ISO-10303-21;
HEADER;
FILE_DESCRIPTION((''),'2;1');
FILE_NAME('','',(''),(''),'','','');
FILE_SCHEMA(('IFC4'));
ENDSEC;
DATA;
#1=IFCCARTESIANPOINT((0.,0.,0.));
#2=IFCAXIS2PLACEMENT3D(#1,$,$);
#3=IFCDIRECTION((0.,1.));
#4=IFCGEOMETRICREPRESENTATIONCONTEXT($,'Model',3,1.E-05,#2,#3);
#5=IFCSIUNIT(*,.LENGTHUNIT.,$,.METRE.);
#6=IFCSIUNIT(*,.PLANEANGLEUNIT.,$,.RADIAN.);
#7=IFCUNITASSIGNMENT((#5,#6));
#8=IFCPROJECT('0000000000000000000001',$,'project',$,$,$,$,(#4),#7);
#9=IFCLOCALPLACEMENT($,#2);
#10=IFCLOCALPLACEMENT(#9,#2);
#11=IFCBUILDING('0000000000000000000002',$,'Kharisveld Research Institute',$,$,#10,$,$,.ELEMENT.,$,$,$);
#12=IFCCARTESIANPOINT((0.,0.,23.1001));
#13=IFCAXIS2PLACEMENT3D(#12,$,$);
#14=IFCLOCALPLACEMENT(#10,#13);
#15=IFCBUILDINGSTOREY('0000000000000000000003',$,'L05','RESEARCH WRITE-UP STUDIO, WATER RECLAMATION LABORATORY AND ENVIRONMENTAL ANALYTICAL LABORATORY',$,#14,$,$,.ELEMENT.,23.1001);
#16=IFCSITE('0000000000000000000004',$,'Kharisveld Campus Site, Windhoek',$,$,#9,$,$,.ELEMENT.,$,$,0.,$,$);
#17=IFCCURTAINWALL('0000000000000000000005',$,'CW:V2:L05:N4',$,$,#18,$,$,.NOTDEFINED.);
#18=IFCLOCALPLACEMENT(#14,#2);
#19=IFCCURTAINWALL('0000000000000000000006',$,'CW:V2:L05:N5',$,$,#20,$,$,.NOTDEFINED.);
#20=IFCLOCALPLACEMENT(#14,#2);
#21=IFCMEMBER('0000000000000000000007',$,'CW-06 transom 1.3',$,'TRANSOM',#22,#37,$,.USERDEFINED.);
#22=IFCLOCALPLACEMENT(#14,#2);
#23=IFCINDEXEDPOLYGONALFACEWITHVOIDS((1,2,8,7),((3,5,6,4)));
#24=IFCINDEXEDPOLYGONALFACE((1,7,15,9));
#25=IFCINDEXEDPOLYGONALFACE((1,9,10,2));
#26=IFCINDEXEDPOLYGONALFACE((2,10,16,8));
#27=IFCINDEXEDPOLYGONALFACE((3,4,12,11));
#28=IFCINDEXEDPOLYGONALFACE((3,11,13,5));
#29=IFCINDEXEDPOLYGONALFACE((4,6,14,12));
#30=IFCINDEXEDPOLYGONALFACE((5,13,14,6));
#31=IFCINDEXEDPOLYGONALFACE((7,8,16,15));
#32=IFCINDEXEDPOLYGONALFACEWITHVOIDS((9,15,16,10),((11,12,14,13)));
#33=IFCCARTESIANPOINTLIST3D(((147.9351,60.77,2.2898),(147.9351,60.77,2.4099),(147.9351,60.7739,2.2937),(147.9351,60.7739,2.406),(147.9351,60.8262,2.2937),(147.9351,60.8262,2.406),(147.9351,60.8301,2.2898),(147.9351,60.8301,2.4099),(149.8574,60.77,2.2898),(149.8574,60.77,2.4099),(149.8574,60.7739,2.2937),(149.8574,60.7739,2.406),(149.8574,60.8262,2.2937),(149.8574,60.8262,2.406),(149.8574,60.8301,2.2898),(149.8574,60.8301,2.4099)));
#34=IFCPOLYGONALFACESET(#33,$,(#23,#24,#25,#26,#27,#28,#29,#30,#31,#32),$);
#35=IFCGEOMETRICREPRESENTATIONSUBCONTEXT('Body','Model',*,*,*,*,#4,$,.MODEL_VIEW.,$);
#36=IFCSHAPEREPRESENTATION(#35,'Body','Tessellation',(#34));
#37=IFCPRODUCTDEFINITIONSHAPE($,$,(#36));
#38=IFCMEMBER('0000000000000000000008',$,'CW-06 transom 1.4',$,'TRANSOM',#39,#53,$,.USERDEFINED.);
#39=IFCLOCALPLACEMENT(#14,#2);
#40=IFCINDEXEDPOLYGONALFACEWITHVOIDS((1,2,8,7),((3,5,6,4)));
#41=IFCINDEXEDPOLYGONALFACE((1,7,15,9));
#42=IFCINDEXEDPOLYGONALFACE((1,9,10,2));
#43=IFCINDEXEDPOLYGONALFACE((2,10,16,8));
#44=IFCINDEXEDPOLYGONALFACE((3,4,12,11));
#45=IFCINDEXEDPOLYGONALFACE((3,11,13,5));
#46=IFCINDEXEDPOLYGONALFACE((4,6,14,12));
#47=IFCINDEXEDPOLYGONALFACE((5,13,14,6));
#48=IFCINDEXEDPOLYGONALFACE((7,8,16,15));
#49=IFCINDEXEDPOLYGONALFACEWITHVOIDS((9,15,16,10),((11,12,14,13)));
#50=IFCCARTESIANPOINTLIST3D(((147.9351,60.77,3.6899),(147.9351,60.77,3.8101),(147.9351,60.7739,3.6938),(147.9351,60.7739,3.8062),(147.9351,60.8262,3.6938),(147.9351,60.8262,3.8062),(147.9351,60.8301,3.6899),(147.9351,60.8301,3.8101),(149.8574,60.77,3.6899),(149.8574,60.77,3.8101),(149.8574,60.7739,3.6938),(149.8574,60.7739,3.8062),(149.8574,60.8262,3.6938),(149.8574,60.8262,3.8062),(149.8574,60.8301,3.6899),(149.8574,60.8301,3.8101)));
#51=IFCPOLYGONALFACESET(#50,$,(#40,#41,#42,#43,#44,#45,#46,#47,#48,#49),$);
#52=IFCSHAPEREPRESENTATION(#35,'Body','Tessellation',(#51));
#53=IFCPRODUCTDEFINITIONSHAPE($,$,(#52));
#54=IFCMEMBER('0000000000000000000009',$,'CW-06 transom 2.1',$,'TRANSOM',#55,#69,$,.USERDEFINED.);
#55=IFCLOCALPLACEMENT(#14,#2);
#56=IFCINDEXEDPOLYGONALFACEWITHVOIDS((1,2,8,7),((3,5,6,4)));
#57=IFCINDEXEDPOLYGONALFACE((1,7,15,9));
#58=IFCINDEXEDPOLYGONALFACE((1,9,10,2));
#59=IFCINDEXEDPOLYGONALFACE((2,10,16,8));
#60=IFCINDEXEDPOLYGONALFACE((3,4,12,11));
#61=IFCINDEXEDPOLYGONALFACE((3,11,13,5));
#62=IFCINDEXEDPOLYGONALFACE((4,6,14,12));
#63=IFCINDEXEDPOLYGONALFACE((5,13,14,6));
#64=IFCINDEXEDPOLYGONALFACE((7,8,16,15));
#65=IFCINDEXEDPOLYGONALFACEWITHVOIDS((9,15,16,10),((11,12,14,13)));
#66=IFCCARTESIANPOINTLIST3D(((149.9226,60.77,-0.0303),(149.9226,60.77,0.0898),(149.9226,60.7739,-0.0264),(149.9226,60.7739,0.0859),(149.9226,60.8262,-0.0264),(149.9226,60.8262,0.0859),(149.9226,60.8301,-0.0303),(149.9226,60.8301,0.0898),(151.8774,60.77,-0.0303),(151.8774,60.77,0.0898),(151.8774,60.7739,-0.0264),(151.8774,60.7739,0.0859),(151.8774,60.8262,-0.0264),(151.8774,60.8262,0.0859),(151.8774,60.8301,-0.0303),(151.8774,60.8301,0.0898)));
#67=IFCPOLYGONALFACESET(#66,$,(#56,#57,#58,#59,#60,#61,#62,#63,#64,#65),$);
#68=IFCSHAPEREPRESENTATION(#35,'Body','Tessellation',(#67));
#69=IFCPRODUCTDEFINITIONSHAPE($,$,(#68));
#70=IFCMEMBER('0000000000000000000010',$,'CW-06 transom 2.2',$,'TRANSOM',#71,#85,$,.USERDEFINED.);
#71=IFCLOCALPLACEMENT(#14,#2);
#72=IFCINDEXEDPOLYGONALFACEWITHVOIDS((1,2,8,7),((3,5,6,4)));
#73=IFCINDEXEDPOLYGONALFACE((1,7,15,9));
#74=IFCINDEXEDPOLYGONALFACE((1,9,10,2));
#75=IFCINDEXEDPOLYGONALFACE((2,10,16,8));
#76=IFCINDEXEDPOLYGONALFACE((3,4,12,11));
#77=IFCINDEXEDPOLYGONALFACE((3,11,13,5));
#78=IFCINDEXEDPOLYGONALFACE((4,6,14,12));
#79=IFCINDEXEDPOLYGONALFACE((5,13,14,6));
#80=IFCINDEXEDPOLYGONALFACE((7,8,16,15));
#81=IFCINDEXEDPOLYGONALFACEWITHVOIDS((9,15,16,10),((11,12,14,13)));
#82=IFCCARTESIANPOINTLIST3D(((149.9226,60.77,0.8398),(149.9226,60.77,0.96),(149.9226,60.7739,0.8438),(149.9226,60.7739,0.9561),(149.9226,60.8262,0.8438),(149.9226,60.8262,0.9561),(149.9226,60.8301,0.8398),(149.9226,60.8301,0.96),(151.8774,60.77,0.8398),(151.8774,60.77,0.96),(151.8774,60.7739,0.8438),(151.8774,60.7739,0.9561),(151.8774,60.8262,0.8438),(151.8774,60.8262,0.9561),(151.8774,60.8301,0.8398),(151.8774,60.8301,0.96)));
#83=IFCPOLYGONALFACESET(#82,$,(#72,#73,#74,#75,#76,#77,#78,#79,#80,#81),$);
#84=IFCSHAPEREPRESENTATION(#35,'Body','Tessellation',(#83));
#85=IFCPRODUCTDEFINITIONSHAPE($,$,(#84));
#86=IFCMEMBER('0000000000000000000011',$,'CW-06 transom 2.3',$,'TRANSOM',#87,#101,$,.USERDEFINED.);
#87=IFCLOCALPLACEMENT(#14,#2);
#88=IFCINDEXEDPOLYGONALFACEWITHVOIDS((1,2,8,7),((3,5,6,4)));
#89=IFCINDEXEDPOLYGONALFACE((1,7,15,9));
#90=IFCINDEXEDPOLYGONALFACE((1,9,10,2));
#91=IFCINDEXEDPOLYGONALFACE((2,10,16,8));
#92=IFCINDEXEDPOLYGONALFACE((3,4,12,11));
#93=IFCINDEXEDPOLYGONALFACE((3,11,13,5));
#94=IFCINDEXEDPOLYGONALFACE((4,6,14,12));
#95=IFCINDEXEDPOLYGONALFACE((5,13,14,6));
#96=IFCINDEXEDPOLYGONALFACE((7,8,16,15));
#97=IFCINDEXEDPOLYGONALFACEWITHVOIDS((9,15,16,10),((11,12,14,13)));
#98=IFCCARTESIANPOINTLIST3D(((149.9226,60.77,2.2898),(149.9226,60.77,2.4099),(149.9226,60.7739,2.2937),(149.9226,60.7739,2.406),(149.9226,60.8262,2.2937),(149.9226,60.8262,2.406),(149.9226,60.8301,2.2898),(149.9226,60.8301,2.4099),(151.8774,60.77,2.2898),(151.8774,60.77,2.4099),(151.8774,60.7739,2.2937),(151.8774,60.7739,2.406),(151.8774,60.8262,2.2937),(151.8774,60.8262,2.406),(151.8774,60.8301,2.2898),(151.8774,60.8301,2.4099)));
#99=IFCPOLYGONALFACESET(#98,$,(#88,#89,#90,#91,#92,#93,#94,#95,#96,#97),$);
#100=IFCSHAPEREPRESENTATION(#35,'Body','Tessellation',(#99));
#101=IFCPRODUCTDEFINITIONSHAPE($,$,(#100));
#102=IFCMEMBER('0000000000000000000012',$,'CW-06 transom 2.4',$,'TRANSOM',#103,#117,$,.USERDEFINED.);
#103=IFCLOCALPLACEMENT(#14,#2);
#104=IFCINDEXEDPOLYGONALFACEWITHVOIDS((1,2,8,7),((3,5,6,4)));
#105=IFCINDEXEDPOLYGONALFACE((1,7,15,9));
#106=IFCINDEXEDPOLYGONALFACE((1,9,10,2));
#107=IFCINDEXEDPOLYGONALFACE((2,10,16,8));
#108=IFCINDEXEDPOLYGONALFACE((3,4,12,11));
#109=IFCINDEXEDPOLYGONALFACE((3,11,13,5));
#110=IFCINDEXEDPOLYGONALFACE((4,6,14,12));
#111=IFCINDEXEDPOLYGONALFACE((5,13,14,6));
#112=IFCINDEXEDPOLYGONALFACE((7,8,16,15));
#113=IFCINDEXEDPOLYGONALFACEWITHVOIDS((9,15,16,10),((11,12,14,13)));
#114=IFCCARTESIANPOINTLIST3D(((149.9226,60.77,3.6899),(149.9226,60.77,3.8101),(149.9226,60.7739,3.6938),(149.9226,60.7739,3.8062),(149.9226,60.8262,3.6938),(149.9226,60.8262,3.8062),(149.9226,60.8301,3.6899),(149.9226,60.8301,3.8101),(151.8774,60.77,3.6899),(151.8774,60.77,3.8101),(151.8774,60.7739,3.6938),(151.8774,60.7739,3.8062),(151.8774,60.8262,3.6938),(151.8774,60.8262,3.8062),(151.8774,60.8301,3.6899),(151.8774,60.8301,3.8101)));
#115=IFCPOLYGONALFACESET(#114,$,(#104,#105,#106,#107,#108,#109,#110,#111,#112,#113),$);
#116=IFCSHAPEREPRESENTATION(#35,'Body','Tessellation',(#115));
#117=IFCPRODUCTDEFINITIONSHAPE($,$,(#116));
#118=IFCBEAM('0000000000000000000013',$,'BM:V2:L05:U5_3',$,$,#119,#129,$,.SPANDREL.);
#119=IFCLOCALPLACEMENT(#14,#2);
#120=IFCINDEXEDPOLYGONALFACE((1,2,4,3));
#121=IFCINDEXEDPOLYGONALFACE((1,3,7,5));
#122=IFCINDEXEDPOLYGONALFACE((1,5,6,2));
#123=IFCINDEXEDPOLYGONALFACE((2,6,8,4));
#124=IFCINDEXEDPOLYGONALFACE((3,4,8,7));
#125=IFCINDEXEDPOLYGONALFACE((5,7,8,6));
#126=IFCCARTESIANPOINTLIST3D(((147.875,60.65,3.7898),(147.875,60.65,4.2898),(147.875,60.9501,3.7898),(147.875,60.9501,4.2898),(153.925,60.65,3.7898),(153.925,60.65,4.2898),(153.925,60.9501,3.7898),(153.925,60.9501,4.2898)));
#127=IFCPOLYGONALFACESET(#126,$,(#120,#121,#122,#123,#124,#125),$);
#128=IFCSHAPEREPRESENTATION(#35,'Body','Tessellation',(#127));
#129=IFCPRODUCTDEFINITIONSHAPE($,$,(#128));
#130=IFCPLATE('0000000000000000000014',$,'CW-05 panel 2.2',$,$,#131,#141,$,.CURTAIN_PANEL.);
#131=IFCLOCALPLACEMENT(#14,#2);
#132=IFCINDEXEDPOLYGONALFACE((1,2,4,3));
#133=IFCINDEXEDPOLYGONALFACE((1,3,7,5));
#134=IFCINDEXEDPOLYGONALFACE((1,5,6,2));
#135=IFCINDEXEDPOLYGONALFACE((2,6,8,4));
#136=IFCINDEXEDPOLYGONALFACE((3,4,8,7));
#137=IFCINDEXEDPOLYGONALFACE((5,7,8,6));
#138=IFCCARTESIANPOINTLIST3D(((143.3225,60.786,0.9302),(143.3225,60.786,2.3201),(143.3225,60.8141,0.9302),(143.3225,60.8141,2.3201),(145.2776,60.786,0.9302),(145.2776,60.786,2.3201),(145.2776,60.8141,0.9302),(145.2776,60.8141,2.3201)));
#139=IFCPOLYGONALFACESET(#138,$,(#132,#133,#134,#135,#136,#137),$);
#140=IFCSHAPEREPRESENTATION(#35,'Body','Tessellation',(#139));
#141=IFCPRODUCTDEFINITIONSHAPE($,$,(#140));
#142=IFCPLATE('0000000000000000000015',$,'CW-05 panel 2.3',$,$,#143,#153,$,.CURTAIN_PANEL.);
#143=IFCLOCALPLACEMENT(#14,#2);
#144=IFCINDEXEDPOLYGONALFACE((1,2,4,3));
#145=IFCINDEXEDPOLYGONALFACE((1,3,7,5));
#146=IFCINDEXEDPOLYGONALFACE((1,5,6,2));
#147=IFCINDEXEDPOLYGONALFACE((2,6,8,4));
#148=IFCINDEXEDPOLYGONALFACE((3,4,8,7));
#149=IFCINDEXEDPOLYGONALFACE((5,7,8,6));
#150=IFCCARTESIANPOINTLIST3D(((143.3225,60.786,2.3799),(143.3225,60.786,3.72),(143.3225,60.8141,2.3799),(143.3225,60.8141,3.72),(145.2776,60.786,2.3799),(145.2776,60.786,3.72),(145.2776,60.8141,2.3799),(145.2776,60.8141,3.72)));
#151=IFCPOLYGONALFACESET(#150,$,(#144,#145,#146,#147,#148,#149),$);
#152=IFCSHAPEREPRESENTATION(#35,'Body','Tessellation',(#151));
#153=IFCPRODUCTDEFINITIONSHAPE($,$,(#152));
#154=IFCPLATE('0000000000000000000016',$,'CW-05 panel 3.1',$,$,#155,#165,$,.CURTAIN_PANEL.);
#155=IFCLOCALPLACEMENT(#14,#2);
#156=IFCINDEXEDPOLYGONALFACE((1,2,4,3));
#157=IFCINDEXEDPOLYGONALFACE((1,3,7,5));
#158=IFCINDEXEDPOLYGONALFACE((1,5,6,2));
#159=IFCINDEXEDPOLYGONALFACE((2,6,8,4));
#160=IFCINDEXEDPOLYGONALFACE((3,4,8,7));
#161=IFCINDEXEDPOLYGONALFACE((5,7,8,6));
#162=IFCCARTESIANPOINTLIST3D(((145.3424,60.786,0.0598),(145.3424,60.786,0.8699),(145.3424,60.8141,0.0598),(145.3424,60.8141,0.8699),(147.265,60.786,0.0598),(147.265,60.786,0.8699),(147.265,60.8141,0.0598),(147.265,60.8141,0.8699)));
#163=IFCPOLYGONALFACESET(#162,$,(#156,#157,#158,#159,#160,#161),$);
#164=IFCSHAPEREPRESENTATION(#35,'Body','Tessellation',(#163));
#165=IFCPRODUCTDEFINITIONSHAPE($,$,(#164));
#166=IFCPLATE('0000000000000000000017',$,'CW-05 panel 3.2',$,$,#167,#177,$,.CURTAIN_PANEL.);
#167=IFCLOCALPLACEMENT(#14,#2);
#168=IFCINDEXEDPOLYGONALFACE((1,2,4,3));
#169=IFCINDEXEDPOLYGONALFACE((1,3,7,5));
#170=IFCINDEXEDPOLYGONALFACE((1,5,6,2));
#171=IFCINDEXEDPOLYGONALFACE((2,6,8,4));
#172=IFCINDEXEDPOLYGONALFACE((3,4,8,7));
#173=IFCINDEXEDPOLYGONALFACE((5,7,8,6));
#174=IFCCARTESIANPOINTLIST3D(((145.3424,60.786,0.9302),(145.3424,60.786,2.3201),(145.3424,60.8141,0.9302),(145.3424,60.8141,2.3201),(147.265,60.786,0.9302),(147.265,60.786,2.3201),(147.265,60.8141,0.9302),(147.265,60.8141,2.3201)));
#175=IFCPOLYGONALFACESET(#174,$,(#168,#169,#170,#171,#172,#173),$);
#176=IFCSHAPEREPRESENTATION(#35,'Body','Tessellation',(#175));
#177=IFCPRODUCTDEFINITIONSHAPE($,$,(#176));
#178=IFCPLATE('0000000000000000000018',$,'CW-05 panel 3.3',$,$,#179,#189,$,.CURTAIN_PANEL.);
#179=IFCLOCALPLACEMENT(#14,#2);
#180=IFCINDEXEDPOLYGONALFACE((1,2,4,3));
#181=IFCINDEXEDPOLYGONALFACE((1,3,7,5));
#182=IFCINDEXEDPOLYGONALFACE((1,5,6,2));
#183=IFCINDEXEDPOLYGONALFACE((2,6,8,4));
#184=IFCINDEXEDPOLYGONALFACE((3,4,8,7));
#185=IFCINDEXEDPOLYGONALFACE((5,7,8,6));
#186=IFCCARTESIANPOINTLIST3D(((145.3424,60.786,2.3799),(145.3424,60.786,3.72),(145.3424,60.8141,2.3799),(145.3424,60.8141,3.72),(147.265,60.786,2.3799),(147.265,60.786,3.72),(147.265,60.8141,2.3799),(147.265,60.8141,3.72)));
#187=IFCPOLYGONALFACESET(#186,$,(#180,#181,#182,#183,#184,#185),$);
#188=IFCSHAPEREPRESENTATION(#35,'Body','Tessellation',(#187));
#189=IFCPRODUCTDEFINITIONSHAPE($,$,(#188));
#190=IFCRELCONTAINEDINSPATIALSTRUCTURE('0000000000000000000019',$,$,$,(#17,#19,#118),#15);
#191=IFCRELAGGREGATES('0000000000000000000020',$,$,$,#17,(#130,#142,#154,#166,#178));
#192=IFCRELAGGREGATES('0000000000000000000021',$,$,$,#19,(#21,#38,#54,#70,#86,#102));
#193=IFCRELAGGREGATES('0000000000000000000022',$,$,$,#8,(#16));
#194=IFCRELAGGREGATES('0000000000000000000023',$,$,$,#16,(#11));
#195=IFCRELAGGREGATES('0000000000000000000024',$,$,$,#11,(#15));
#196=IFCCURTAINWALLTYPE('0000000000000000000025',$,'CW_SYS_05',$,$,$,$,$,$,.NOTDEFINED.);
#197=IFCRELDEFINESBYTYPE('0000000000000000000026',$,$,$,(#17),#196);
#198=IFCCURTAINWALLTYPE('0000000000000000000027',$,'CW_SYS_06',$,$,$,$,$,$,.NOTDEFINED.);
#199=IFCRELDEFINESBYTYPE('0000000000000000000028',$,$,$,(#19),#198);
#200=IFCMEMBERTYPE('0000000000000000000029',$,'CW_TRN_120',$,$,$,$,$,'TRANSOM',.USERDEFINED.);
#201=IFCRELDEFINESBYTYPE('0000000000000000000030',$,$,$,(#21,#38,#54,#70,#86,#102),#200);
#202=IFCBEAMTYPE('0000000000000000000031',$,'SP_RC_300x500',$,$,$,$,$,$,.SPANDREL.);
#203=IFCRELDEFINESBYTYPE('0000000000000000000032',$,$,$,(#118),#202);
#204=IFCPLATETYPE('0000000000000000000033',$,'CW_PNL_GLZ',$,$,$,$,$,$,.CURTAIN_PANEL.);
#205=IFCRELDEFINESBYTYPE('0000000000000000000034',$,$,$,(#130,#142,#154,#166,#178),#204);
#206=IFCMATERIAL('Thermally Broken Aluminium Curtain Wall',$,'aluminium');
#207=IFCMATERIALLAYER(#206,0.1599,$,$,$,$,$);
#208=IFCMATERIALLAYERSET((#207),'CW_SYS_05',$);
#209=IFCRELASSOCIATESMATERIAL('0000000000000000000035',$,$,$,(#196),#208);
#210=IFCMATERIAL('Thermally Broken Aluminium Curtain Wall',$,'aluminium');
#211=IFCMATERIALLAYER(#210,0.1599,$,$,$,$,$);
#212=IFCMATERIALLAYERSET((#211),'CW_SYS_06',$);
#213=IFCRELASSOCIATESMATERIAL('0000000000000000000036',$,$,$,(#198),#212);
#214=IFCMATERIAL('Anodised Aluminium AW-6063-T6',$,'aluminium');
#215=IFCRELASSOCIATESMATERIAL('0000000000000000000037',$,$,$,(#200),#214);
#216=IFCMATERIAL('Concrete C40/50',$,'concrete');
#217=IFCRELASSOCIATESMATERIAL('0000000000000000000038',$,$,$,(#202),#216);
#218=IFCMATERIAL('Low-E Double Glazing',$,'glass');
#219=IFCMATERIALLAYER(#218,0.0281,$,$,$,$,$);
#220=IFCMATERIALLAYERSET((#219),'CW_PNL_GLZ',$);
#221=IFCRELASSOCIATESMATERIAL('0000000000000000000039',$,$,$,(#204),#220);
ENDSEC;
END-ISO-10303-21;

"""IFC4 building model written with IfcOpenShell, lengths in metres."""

from ifc_helpers import new_model, si_unit, direction, frame, origin, origin_2d, place, context, subcontext, project, spatial, rectangle, hollow_rectangle, extrude, material, layer, layer_set, material_profile, profile_set, type_object, element, aggregate, save


model = new_model("IFC4")

# Units and contexts
model_context = context("Model", 3, precision=1e-05, world=origin(), true_north=direction((0.0, 1.0)))
body_context = subcontext(model_context, "Body", "Model", "MODEL_VIEW")
ifc_project = project(units=[si_unit("LENGTHUNIT", "METRE"), si_unit("PLANEANGLEUNIT", "RADIAN")], contexts=[model_context])

# Site, building, storey
site_placement = place(None, origin())
site = spatial("IfcSite", under=ifc_project, at=site_placement, Name="Kharisveld Campus Site, Windhoek", CompositionType="ELEMENT", RefElevation=0.0)
building_placement = place(site_placement, origin())
building = spatial("IfcBuilding", under=site, at=building_placement, Name="Kharisveld Research Institute", CompositionType="ELEMENT")
storey_placement = place(building_placement, frame((0.0, 0.0, 23.1001)))
storey = spatial("IfcBuildingStorey", under=building, at=storey_placement, Name="L05", Description="RESEARCH WRITE-UP STUDIO, WATER RECLAMATION LABORATORY AND ENVIRONMENTAL ANALYTICAL LABORATORY", CompositionType="ELEMENT", Elevation=23.1001)

# Curtain walls
ifc_material_1 = material(Name="Thermally Broken Aluminium Curtain Wall", Category="aluminium")
ifc_layer_1 = layer(ifc_material_1, 0.1599)
ifc_layer_set_1 = layer_set([ifc_layer_1], Name="CW_SYS_05")
curtain_wall_type_1 = type_object("IfcCurtainWallType", Name="CW_SYS_05", PredefinedType="NOTDEFINED", material=ifc_layer_set_1)
curtain_wall_1_placement = place(storey_placement, origin())
curtain_wall_1 = element("IfcCurtainWall", 1, at=curtain_wall_1_placement, inside=storey, type_object=curtain_wall_type_1, Name="CW:V2:L05:N4", PredefinedType="NOTDEFINED")
ifc_material_2 = material(Name="Thermally Broken Aluminium Curtain Wall", Category="aluminium")
ifc_layer_2 = layer(ifc_material_2, 0.1599)
ifc_layer_set_2 = layer_set([ifc_layer_2], Name="CW_SYS_06")
curtain_wall_type_2 = type_object("IfcCurtainWallType", Name="CW_SYS_06", PredefinedType="NOTDEFINED", material=ifc_layer_set_2)
curtain_wall_2_placement = place(storey_placement, origin())
curtain_wall_2 = element("IfcCurtainWall", 2, at=curtain_wall_2_placement, inside=storey, type_object=curtain_wall_type_2, Name="CW:V2:L05:N5", PredefinedType="NOTDEFINED")

# Members
ifc_material_3 = material(Name="Anodised Aluminium AW-6063-T6", Category="aluminium")
ifc_material_profile_1 = material_profile(ifc_material_3, hollow_rectangle(XDim=0.0601, YDim=0.1201, WallThickness=0.0039, at=origin_2d()))
ifc_profile_set_1 = profile_set([ifc_material_profile_1], Name="Anodised Aluminium AW-6063-T6")
member_type_1 = type_object("IfcMemberType", Name="CW_TRN_120", ElementType="TRANSOM", PredefinedType="USERDEFINED", material=ifc_profile_set_1)
member_1_placement = place(storey_placement, frame((147.9351, 60.8, 2.3499), z_axis=(1.0, 0.0, 0.0), x_axis=(0.0, 1.0, 0.0)))
member_1 = element("IfcMember", 3, at=member_1_placement, type_object=member_type_1, Name="CW-06 transom 1.3", ObjectType="TRANSOM", PredefinedType="USERDEFINED", context=body_context, shape_type="SweptSolid", body=[
    extrude(hollow_rectangle(XDim=0.0601, YDim=0.1201, WallThickness=0.0039, at=origin_2d()), origin(), (0.0, 0.0, 1.0), 1.9224),
])
member_2_placement = place(storey_placement, frame((147.9351, 60.8, 3.75), z_axis=(1.0, 0.0, 0.0), x_axis=(0.0, 1.0, 0.0)))
member_2 = element("IfcMember", 4, at=member_2_placement, type_object=member_type_1, Name="CW-06 transom 1.4", ObjectType="TRANSOM", PredefinedType="USERDEFINED", context=body_context, shape_type="SweptSolid", body=[
    extrude(hollow_rectangle(XDim=0.0601, YDim=0.1201, WallThickness=0.0039, at=origin_2d()), origin(), (0.0, 0.0, 1.0), 1.9224),
])
member_3_placement = place(storey_placement, frame((149.9226, 60.8, 0.0298), z_axis=(1.0, 0.0, 0.0), x_axis=(0.0, 1.0, 0.0)))
member_3 = element("IfcMember", 5, at=member_3_placement, type_object=member_type_1, Name="CW-06 transom 2.1", ObjectType="TRANSOM", PredefinedType="USERDEFINED", context=body_context, shape_type="SweptSolid", body=[
    extrude(hollow_rectangle(XDim=0.0601, YDim=0.1201, WallThickness=0.0039, at=origin_2d()), origin(), (0.0, 0.0, 1.0), 1.9548),
])
member_4_placement = place(storey_placement, frame((149.9226, 60.8, 0.8999), z_axis=(1.0, 0.0, 0.0), x_axis=(0.0, 1.0, 0.0)))
member_4 = element("IfcMember", 6, at=member_4_placement, type_object=member_type_1, Name="CW-06 transom 2.2", ObjectType="TRANSOM", PredefinedType="USERDEFINED", context=body_context, shape_type="SweptSolid", body=[
    extrude(hollow_rectangle(XDim=0.0601, YDim=0.1201, WallThickness=0.0039, at=origin_2d()), origin(), (0.0, 0.0, 1.0), 1.9548),
])
member_5_placement = place(storey_placement, frame((149.9226, 60.8, 2.3499), z_axis=(1.0, 0.0, 0.0), x_axis=(0.0, 1.0, 0.0)))
member_5 = element("IfcMember", 7, at=member_5_placement, type_object=member_type_1, Name="CW-06 transom 2.3", ObjectType="TRANSOM", PredefinedType="USERDEFINED", context=body_context, shape_type="SweptSolid", body=[
    extrude(hollow_rectangle(XDim=0.0601, YDim=0.1201, WallThickness=0.0039, at=origin_2d()), origin(), (0.0, 0.0, 1.0), 1.9548),
])
member_6_placement = place(storey_placement, frame((149.9226, 60.8, 3.75), z_axis=(1.0, 0.0, 0.0), x_axis=(0.0, 1.0, 0.0)))
member_6 = element("IfcMember", 8, at=member_6_placement, type_object=member_type_1, Name="CW-06 transom 2.4", ObjectType="TRANSOM", PredefinedType="USERDEFINED", context=body_context, shape_type="SweptSolid", body=[
    extrude(hollow_rectangle(XDim=0.0601, YDim=0.1201, WallThickness=0.0039, at=origin_2d()), origin(), (0.0, 0.0, 1.0), 1.9548),
])

# Beam
ifc_material_4 = material(Name="Concrete C40/50", Category="concrete")
ifc_material_profile_2 = material_profile(ifc_material_4, rectangle(XDim=0.3, YDim=0.5, at=origin_2d()))
ifc_profile_set_2 = profile_set([ifc_material_profile_2], Name="Concrete C40/50")
beam_type = type_object("IfcBeamType", Name="SP_RC_300x500", PredefinedType="SPANDREL", material=ifc_profile_set_2)
beam_placement = place(storey_placement, frame((147.875, 60.8, 4.0398), z_axis=(1.0, 0.0, 0.0), x_axis=(0.0, 1.0, 0.0)))
element("IfcBeam", 9, at=beam_placement, inside=storey, type_object=beam_type, Name="BM:V2:L05:U5_3", PredefinedType="SPANDREL", context=body_context, shape_type="SweptSolid", body=[
    extrude(rectangle(XDim=0.3, YDim=0.5, at=origin_2d()), origin(), (0.0, 0.0, 1.0), 6.05),
])

# Plates
ifc_material_5 = material(Name="Low-E Double Glazing", Category="glass")
ifc_layer_3 = layer(ifc_material_5, 0.0281)
ifc_layer_set_3 = layer_set([ifc_layer_3], Name="CW_PNL_GLZ")
plate_type = type_object("IfcPlateType", Name="CW_PNL_GLZ", PredefinedType="CURTAIN_PANEL", material=ifc_layer_set_3)
plate_1_placement = place(storey_placement, frame((144.3, 60.8, 0.9302), z_axis=(0.0, 0.0, 1.0), x_axis=(1.0, 0.0, 0.0)))
plate_1 = element("IfcPlate", 10, at=plate_1_placement, type_object=plate_type, Name="CW-05 panel 2.2", PredefinedType="CURTAIN_PANEL", context=body_context, shape_type="SweptSolid", body=[
    extrude(rectangle(XDim=1.9551, YDim=0.0281, at=origin_2d()), origin(), (0.0, 0.0, 1.0), 1.3899),
])
plate_2_placement = place(storey_placement, frame((144.3, 60.8, 2.3799), z_axis=(0.0, 0.0, 1.0), x_axis=(1.0, 0.0, 0.0)))
plate_2 = element("IfcPlate", 11, at=plate_2_placement, type_object=plate_type, Name="CW-05 panel 2.3", PredefinedType="CURTAIN_PANEL", context=body_context, shape_type="SweptSolid", body=[
    extrude(rectangle(XDim=1.9551, YDim=0.0281, at=origin_2d()), origin(), (0.0, 0.0, 1.0), 1.3401),
])
plate_3_placement = place(storey_placement, frame((146.3037, 60.8, 0.0598), z_axis=(0.0, 0.0, 1.0), x_axis=(1.0, 0.0, 0.0)))
plate_3 = element("IfcPlate", 12, at=plate_3_placement, type_object=plate_type, Name="CW-05 panel 3.1", PredefinedType="CURTAIN_PANEL", context=body_context, shape_type="SweptSolid", body=[
    extrude(rectangle(XDim=1.9226, YDim=0.0281, at=origin_2d()), origin(), (0.0, 0.0, 1.0), 0.8101),
])
plate_4_placement = place(storey_placement, frame((146.3037, 60.8, 0.9302), z_axis=(0.0, 0.0, 1.0), x_axis=(1.0, 0.0, 0.0)))
plate_4 = element("IfcPlate", 13, at=plate_4_placement, type_object=plate_type, Name="CW-05 panel 3.2", PredefinedType="CURTAIN_PANEL", context=body_context, shape_type="SweptSolid", body=[
    extrude(rectangle(XDim=1.9226, YDim=0.0281, at=origin_2d()), origin(), (0.0, 0.0, 1.0), 1.3899),
])
plate_5_placement = place(storey_placement, frame((146.3037, 60.8, 2.3799), z_axis=(0.0, 0.0, 1.0), x_axis=(1.0, 0.0, 0.0)))
plate_5 = element("IfcPlate", 14, at=plate_5_placement, type_object=plate_type, Name="CW-05 panel 3.3", PredefinedType="CURTAIN_PANEL", context=body_context, shape_type="SweptSolid", body=[
    extrude(rectangle(XDim=1.9226, YDim=0.0281, at=origin_2d()), origin(), (0.0, 0.0, 1.0), 1.3401),
])
aggregate(curtain_wall_1, [plate_1, plate_2, plate_3, plate_4, plate_5])
aggregate(curtain_wall_2, [member_1, member_2, member_3, member_4, member_5, member_6])

save(model, "model.ifc")
